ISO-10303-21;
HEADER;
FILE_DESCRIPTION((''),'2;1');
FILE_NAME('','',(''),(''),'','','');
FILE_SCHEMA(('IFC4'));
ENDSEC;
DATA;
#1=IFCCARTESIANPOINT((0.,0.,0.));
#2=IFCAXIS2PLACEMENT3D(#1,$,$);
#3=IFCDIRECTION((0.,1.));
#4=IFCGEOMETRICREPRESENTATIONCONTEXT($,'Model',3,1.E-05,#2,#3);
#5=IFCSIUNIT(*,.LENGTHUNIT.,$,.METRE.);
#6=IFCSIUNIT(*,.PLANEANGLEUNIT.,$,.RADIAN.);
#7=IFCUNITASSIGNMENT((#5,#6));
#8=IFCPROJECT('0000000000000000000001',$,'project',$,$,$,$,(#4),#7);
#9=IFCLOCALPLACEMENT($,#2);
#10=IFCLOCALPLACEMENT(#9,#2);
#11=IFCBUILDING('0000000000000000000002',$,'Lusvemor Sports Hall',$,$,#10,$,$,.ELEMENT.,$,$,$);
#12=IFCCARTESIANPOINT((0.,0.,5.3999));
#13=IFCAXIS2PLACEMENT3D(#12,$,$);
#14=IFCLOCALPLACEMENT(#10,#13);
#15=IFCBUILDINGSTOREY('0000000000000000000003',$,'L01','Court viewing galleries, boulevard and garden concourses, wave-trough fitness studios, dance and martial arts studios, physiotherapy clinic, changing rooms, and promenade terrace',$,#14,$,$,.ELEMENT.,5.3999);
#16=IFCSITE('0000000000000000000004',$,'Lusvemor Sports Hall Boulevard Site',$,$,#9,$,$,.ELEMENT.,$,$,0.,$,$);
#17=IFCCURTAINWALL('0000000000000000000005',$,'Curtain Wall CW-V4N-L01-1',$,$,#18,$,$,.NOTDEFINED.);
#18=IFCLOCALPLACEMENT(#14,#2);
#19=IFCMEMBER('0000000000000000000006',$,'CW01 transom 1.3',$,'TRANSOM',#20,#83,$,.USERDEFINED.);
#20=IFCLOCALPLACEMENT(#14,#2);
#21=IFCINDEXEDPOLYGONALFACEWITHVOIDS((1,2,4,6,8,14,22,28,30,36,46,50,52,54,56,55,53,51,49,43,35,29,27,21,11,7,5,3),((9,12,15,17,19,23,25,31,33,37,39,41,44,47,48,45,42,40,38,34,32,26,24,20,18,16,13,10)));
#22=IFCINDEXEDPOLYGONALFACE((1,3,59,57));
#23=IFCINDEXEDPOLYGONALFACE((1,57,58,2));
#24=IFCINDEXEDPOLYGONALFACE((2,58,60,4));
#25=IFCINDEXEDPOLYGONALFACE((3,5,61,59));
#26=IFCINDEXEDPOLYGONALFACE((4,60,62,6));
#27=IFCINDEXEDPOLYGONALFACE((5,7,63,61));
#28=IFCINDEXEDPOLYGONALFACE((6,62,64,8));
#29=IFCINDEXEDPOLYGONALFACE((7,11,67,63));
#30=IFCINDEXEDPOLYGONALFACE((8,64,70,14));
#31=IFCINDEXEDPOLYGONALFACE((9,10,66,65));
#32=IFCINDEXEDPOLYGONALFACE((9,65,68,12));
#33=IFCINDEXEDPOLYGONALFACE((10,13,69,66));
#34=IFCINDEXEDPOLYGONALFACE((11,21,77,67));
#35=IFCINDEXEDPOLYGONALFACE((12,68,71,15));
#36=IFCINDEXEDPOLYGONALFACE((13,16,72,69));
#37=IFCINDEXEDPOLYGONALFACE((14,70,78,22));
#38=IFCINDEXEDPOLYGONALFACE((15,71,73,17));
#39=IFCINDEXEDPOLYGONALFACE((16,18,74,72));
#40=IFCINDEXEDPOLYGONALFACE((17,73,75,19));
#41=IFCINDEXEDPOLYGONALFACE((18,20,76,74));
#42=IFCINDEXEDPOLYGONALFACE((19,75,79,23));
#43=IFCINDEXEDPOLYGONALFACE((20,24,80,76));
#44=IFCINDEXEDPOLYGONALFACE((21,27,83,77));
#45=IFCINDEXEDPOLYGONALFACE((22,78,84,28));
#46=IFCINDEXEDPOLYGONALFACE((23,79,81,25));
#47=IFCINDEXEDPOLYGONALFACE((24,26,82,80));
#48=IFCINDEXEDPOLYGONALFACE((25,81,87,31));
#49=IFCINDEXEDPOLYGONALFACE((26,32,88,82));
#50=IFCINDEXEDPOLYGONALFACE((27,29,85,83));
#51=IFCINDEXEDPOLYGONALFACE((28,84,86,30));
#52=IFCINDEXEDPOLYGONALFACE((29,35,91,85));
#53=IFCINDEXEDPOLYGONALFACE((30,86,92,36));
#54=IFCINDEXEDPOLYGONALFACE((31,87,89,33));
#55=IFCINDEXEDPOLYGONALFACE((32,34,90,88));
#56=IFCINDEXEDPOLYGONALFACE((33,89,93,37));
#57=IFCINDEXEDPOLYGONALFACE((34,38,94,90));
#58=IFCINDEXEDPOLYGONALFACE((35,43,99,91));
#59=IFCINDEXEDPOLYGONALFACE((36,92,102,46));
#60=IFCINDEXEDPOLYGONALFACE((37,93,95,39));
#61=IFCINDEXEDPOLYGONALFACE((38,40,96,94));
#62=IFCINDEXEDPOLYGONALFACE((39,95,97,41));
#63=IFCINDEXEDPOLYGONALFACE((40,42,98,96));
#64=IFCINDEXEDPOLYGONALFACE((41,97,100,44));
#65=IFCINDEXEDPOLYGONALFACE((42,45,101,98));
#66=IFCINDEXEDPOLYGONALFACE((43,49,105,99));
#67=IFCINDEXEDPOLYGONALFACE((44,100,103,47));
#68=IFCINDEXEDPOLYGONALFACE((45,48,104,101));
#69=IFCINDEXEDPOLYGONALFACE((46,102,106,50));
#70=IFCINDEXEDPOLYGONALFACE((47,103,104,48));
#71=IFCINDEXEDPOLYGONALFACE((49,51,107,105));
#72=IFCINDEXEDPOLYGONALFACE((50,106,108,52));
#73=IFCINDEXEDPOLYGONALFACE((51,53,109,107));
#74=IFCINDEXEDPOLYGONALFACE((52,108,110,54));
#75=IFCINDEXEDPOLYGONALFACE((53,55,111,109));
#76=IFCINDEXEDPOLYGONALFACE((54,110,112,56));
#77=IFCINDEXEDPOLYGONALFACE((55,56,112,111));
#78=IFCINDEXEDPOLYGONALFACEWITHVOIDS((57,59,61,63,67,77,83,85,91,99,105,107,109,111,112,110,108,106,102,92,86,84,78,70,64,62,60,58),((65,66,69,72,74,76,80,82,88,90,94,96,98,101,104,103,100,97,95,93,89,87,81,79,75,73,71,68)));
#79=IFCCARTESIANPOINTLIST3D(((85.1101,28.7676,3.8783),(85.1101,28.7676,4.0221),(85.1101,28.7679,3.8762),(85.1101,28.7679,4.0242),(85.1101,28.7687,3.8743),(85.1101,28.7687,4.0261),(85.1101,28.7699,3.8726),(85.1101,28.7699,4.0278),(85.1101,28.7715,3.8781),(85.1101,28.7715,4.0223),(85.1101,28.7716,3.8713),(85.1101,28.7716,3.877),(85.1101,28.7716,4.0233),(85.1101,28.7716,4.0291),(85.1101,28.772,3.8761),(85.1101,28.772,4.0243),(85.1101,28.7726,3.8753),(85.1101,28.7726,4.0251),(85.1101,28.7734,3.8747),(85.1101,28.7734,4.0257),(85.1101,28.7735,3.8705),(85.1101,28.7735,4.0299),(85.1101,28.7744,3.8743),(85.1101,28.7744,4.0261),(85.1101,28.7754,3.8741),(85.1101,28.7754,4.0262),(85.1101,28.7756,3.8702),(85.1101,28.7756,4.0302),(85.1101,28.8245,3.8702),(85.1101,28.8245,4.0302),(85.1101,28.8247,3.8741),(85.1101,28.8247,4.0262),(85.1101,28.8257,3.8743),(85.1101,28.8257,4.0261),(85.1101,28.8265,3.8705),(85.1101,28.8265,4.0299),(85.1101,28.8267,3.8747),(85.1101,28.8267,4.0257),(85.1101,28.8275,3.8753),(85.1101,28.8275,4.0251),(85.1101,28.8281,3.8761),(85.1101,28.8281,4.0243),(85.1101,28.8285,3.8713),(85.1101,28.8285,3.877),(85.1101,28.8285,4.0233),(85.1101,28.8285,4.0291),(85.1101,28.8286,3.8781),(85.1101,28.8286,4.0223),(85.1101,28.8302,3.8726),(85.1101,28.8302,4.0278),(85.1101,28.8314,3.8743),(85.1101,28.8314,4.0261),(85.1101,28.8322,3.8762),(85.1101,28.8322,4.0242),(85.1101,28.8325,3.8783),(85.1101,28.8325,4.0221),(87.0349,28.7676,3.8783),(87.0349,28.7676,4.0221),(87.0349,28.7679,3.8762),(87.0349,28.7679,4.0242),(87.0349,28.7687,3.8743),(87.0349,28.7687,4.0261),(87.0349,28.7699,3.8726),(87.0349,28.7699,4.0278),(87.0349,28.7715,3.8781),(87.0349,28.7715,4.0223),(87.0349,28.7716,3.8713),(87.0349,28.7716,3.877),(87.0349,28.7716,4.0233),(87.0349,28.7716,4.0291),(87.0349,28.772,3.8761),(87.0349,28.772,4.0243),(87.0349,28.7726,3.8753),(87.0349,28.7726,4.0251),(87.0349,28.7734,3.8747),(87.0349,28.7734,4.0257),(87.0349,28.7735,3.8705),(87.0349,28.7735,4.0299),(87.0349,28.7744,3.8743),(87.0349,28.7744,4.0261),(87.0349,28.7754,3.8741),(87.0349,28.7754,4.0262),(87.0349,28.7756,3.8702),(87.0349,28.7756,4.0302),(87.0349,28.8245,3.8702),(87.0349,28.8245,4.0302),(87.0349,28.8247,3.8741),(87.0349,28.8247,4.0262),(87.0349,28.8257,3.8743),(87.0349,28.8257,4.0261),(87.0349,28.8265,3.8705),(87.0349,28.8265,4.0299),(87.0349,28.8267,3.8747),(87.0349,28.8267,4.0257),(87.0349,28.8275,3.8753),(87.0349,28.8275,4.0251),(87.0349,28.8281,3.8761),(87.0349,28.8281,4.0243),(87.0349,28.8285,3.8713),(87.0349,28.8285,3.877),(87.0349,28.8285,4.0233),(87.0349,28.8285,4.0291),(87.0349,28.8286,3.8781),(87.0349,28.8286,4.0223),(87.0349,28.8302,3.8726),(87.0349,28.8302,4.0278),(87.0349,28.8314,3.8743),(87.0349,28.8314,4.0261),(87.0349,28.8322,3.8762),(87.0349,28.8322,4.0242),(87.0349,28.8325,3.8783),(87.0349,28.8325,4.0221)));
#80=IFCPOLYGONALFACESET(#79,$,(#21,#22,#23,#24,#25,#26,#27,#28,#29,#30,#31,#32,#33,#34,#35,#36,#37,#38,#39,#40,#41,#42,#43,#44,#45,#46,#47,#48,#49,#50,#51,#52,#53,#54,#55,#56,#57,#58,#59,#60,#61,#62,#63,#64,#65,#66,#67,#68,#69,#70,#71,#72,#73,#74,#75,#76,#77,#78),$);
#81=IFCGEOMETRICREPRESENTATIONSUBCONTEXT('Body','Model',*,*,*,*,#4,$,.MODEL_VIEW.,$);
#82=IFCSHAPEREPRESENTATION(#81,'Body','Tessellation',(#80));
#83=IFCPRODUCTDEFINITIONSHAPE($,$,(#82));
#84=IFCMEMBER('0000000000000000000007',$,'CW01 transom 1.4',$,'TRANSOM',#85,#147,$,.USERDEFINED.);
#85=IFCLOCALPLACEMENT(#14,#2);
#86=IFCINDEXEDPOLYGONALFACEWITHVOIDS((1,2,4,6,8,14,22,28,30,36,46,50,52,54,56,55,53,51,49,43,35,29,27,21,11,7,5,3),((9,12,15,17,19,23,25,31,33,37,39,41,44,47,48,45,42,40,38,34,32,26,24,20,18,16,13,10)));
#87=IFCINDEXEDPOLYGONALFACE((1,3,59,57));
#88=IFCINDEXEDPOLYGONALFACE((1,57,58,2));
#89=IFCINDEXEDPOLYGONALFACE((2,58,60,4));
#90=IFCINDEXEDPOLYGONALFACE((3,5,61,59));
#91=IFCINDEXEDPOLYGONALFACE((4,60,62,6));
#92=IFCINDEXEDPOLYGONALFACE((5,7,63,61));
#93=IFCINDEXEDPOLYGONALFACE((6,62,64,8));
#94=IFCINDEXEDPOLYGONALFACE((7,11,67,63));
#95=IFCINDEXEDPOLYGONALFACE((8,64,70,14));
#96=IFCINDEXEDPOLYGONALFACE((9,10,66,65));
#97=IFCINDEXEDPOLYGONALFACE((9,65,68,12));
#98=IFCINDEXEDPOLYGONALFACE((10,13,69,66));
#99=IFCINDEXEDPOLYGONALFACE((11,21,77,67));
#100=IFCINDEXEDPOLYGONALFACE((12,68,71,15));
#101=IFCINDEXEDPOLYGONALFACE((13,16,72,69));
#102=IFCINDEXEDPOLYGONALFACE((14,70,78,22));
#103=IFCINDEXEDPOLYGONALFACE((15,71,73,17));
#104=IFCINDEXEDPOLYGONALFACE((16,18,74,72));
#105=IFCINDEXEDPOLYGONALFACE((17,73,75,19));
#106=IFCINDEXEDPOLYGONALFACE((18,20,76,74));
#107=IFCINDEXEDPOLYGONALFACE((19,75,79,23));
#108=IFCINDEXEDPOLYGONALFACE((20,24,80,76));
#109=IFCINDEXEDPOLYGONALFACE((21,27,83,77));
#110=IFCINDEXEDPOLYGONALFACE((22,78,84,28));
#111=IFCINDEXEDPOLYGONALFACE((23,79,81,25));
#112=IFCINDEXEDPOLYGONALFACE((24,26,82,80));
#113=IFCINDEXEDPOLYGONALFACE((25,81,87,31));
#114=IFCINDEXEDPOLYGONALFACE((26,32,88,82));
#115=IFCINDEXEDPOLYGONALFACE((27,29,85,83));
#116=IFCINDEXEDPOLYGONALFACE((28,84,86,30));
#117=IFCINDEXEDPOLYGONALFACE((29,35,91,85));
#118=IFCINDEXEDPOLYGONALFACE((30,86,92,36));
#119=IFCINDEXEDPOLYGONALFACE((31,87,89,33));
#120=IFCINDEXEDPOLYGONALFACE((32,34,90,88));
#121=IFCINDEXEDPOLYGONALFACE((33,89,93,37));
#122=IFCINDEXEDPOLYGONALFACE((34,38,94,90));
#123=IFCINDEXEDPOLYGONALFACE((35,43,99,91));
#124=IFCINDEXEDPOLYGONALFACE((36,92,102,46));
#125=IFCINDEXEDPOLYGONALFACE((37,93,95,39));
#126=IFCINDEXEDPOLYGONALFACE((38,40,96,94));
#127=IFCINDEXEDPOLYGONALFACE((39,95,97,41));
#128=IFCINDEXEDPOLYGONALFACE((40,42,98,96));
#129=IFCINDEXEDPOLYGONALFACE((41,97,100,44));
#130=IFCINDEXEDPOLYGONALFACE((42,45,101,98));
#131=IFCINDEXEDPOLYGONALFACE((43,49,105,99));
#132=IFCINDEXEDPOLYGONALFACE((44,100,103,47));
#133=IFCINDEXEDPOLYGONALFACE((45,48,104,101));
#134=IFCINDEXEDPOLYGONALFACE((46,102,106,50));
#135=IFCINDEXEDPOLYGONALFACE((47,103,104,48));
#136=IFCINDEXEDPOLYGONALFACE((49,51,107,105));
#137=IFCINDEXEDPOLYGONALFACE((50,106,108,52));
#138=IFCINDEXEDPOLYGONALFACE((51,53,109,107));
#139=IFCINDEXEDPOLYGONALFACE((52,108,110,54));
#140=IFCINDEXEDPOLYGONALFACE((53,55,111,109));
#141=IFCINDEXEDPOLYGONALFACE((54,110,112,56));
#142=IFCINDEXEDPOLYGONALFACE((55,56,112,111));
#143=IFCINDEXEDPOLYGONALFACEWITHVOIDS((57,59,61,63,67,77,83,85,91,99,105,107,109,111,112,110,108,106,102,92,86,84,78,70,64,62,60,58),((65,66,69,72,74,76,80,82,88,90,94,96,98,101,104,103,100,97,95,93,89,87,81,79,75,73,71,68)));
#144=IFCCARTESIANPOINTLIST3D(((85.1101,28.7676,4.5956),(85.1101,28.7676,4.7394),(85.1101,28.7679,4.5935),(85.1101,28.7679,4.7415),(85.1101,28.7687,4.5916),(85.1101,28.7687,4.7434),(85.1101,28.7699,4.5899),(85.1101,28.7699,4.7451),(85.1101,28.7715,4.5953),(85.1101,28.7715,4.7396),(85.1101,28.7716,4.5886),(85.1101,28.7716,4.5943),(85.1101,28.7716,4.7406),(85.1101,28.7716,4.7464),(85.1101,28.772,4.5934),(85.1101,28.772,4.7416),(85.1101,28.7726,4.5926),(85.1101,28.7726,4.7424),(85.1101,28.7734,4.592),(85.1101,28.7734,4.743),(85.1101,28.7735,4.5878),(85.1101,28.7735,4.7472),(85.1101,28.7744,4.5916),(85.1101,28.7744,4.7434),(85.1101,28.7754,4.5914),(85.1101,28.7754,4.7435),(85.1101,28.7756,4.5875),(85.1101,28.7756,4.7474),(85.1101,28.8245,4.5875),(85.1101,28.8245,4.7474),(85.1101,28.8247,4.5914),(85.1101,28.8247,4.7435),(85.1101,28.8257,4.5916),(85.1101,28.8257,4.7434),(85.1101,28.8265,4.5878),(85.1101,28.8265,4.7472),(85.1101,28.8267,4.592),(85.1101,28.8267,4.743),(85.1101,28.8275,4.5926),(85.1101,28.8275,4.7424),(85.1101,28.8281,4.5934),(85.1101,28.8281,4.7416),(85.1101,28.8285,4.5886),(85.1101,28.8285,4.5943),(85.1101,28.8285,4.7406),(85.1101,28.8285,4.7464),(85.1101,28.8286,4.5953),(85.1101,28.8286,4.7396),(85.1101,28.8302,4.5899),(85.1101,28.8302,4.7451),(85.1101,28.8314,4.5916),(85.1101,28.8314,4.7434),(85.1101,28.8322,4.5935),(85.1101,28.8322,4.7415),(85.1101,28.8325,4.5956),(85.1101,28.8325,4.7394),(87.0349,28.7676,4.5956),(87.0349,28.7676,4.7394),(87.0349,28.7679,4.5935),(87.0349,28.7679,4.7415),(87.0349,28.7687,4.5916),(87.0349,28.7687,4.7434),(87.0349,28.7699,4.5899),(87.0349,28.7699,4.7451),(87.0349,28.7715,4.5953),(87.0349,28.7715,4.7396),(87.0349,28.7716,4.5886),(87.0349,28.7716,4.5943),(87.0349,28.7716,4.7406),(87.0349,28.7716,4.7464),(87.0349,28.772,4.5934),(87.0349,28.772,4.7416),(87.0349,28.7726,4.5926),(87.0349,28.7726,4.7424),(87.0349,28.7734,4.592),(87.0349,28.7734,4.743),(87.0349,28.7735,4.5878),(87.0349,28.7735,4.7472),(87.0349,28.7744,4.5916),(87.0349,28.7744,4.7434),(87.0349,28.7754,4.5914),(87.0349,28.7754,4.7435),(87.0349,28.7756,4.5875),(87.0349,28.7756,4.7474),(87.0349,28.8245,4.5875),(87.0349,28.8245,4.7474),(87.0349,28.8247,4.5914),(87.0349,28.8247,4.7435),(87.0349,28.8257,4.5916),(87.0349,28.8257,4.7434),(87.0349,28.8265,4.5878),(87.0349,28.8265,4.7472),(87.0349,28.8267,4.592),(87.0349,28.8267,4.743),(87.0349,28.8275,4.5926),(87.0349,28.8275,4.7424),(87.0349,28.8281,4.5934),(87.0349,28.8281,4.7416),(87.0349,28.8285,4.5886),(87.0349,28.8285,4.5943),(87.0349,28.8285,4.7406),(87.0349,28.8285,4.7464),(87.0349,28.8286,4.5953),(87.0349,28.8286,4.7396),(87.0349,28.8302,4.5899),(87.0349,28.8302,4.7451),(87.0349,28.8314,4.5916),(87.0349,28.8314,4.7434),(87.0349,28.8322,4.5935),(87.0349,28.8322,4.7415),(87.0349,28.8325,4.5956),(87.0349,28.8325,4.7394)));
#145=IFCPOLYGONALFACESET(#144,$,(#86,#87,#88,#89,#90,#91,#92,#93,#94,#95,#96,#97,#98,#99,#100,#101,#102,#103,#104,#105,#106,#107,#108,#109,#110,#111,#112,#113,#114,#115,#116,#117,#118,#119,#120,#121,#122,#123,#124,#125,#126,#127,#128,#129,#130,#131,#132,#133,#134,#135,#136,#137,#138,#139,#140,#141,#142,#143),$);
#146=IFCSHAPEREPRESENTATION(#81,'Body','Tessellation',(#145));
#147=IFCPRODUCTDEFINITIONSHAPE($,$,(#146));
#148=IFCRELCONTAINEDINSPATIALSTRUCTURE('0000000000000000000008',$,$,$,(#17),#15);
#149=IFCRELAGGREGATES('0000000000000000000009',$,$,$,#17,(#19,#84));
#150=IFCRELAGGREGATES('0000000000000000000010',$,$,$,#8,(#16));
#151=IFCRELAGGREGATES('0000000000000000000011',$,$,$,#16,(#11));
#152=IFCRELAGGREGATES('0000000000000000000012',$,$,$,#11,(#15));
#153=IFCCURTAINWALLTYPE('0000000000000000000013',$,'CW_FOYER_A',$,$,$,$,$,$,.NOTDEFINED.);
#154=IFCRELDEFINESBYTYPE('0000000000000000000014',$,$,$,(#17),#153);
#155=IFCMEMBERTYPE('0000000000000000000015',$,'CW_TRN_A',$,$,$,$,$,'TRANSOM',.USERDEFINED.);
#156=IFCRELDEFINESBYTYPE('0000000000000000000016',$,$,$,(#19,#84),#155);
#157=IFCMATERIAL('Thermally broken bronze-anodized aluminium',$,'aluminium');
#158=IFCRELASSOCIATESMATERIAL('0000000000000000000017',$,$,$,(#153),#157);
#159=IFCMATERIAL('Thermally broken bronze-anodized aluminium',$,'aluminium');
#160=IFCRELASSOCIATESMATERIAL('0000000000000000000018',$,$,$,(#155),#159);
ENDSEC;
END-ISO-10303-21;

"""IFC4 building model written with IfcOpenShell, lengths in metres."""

from ifc_helpers import new_model, si_unit, direction, frame, origin, origin_2d, place, context, subcontext, project, spatial, hollow_rectangle, extrude, material, material_profile, profile_set, type_object, element, aggregate, save


model = new_model("IFC4")

# Units and contexts
model_context = context("Model", 3, precision=1e-05, world=origin(), true_north=direction((0.0, 1.0)))
body_context = subcontext(model_context, "Body", "Model", "MODEL_VIEW")
ifc_project = project(units=[si_unit("LENGTHUNIT", "METRE"), si_unit("PLANEANGLEUNIT", "RADIAN")], contexts=[model_context])

# Site, building, storey
site_placement = place(None, origin())
site = spatial("IfcSite", under=ifc_project, at=site_placement, Name="Lusvemor Sports Hall Boulevard Site", CompositionType="ELEMENT", RefElevation=0.0)
building_placement = place(site_placement, origin())
building = spatial("IfcBuilding", under=site, at=building_placement, Name="Lusvemor Sports Hall", CompositionType="ELEMENT")
storey_placement = place(building_placement, frame((0.0, 0.0, 5.3999)))
storey = spatial("IfcBuildingStorey", under=building, at=storey_placement, Name="L01", Description="Court viewing galleries, boulevard and garden concourses, wave-trough fitness studios, dance and martial arts studios, physiotherapy clinic, changing rooms, and promenade terrace", CompositionType="ELEMENT", Elevation=5.3999)

# Curtain wall, members
ifc_material_1 = material(Name="Thermally broken bronze-anodized aluminium", Category="aluminium")
curtain_wall_type = type_object("IfcCurtainWallType", Name="CW_FOYER_A", PredefinedType="NOTDEFINED", material=ifc_material_1)
curtain_wall_placement = place(storey_placement, origin())
curtain_wall = element("IfcCurtainWall", 1, at=curtain_wall_placement, inside=storey, type_object=curtain_wall_type, Name="Curtain Wall CW-V4N-L01-1", PredefinedType="NOTDEFINED")
ifc_material_2 = material(Name="Thermally broken bronze-anodized aluminium", Category="aluminium")
ifc_material_profile_1 = material_profile(ifc_material_2, hollow_rectangle(XDim=0.0649, YDim=0.1599, WallThickness=0.0039, InnerFilletRadius=0.0039, OuterFilletRadius=0.0081, at=origin_2d()), Name="CWTRN160x65x4")
ifc_profile_set_1 = profile_set([ifc_material_profile_1], Name="Thermally broken bronze-anodized aluminium")
member_type_1 = type_object("IfcMemberType", Name="CW_TRN_A", ElementType="TRANSOM", PredefinedType="USERDEFINED", material=ifc_profile_set_1)
member_1_placement = place(storey_placement, frame((85.1101, 28.8, 3.9502), z_axis=(1.0, 0.0, 0.0), x_axis=(0.0, 1.0, 0.0)))
member_1 = element("IfcMember", 2, at=member_1_placement, type_object=member_type_1, Name="CW01 transom 1.3", ObjectType="TRANSOM", PredefinedType="USERDEFINED", context=body_context, shape_type="SweptSolid", body=[
    extrude(hollow_rectangle(XDim=0.0649, YDim=0.1599, WallThickness=0.0039, InnerFilletRadius=0.0039, OuterFilletRadius=0.0081, at=origin_2d()), origin(), (0.0, 0.0, 1.0), 1.9248),
])
member_2_placement = place(storey_placement, frame((85.1101, 28.8, 4.6675), z_axis=(1.0, 0.0, 0.0), x_axis=(0.0, 1.0, 0.0)))
member_2 = element("IfcMember", 3, at=member_2_placement, type_object=member_type_1, Name="CW01 transom 1.4", ObjectType="TRANSOM", PredefinedType="USERDEFINED", context=body_context, shape_type="SweptSolid", body=[
    extrude(hollow_rectangle(XDim=0.0649, YDim=0.1599, WallThickness=0.0039, InnerFilletRadius=0.0039, OuterFilletRadius=0.0081, at=origin_2d()), origin(), (0.0, 0.0, 1.0), 1.9248),
])

aggregate(curtain_wall, [member_1, member_2])

save(model, "model.ifc")
